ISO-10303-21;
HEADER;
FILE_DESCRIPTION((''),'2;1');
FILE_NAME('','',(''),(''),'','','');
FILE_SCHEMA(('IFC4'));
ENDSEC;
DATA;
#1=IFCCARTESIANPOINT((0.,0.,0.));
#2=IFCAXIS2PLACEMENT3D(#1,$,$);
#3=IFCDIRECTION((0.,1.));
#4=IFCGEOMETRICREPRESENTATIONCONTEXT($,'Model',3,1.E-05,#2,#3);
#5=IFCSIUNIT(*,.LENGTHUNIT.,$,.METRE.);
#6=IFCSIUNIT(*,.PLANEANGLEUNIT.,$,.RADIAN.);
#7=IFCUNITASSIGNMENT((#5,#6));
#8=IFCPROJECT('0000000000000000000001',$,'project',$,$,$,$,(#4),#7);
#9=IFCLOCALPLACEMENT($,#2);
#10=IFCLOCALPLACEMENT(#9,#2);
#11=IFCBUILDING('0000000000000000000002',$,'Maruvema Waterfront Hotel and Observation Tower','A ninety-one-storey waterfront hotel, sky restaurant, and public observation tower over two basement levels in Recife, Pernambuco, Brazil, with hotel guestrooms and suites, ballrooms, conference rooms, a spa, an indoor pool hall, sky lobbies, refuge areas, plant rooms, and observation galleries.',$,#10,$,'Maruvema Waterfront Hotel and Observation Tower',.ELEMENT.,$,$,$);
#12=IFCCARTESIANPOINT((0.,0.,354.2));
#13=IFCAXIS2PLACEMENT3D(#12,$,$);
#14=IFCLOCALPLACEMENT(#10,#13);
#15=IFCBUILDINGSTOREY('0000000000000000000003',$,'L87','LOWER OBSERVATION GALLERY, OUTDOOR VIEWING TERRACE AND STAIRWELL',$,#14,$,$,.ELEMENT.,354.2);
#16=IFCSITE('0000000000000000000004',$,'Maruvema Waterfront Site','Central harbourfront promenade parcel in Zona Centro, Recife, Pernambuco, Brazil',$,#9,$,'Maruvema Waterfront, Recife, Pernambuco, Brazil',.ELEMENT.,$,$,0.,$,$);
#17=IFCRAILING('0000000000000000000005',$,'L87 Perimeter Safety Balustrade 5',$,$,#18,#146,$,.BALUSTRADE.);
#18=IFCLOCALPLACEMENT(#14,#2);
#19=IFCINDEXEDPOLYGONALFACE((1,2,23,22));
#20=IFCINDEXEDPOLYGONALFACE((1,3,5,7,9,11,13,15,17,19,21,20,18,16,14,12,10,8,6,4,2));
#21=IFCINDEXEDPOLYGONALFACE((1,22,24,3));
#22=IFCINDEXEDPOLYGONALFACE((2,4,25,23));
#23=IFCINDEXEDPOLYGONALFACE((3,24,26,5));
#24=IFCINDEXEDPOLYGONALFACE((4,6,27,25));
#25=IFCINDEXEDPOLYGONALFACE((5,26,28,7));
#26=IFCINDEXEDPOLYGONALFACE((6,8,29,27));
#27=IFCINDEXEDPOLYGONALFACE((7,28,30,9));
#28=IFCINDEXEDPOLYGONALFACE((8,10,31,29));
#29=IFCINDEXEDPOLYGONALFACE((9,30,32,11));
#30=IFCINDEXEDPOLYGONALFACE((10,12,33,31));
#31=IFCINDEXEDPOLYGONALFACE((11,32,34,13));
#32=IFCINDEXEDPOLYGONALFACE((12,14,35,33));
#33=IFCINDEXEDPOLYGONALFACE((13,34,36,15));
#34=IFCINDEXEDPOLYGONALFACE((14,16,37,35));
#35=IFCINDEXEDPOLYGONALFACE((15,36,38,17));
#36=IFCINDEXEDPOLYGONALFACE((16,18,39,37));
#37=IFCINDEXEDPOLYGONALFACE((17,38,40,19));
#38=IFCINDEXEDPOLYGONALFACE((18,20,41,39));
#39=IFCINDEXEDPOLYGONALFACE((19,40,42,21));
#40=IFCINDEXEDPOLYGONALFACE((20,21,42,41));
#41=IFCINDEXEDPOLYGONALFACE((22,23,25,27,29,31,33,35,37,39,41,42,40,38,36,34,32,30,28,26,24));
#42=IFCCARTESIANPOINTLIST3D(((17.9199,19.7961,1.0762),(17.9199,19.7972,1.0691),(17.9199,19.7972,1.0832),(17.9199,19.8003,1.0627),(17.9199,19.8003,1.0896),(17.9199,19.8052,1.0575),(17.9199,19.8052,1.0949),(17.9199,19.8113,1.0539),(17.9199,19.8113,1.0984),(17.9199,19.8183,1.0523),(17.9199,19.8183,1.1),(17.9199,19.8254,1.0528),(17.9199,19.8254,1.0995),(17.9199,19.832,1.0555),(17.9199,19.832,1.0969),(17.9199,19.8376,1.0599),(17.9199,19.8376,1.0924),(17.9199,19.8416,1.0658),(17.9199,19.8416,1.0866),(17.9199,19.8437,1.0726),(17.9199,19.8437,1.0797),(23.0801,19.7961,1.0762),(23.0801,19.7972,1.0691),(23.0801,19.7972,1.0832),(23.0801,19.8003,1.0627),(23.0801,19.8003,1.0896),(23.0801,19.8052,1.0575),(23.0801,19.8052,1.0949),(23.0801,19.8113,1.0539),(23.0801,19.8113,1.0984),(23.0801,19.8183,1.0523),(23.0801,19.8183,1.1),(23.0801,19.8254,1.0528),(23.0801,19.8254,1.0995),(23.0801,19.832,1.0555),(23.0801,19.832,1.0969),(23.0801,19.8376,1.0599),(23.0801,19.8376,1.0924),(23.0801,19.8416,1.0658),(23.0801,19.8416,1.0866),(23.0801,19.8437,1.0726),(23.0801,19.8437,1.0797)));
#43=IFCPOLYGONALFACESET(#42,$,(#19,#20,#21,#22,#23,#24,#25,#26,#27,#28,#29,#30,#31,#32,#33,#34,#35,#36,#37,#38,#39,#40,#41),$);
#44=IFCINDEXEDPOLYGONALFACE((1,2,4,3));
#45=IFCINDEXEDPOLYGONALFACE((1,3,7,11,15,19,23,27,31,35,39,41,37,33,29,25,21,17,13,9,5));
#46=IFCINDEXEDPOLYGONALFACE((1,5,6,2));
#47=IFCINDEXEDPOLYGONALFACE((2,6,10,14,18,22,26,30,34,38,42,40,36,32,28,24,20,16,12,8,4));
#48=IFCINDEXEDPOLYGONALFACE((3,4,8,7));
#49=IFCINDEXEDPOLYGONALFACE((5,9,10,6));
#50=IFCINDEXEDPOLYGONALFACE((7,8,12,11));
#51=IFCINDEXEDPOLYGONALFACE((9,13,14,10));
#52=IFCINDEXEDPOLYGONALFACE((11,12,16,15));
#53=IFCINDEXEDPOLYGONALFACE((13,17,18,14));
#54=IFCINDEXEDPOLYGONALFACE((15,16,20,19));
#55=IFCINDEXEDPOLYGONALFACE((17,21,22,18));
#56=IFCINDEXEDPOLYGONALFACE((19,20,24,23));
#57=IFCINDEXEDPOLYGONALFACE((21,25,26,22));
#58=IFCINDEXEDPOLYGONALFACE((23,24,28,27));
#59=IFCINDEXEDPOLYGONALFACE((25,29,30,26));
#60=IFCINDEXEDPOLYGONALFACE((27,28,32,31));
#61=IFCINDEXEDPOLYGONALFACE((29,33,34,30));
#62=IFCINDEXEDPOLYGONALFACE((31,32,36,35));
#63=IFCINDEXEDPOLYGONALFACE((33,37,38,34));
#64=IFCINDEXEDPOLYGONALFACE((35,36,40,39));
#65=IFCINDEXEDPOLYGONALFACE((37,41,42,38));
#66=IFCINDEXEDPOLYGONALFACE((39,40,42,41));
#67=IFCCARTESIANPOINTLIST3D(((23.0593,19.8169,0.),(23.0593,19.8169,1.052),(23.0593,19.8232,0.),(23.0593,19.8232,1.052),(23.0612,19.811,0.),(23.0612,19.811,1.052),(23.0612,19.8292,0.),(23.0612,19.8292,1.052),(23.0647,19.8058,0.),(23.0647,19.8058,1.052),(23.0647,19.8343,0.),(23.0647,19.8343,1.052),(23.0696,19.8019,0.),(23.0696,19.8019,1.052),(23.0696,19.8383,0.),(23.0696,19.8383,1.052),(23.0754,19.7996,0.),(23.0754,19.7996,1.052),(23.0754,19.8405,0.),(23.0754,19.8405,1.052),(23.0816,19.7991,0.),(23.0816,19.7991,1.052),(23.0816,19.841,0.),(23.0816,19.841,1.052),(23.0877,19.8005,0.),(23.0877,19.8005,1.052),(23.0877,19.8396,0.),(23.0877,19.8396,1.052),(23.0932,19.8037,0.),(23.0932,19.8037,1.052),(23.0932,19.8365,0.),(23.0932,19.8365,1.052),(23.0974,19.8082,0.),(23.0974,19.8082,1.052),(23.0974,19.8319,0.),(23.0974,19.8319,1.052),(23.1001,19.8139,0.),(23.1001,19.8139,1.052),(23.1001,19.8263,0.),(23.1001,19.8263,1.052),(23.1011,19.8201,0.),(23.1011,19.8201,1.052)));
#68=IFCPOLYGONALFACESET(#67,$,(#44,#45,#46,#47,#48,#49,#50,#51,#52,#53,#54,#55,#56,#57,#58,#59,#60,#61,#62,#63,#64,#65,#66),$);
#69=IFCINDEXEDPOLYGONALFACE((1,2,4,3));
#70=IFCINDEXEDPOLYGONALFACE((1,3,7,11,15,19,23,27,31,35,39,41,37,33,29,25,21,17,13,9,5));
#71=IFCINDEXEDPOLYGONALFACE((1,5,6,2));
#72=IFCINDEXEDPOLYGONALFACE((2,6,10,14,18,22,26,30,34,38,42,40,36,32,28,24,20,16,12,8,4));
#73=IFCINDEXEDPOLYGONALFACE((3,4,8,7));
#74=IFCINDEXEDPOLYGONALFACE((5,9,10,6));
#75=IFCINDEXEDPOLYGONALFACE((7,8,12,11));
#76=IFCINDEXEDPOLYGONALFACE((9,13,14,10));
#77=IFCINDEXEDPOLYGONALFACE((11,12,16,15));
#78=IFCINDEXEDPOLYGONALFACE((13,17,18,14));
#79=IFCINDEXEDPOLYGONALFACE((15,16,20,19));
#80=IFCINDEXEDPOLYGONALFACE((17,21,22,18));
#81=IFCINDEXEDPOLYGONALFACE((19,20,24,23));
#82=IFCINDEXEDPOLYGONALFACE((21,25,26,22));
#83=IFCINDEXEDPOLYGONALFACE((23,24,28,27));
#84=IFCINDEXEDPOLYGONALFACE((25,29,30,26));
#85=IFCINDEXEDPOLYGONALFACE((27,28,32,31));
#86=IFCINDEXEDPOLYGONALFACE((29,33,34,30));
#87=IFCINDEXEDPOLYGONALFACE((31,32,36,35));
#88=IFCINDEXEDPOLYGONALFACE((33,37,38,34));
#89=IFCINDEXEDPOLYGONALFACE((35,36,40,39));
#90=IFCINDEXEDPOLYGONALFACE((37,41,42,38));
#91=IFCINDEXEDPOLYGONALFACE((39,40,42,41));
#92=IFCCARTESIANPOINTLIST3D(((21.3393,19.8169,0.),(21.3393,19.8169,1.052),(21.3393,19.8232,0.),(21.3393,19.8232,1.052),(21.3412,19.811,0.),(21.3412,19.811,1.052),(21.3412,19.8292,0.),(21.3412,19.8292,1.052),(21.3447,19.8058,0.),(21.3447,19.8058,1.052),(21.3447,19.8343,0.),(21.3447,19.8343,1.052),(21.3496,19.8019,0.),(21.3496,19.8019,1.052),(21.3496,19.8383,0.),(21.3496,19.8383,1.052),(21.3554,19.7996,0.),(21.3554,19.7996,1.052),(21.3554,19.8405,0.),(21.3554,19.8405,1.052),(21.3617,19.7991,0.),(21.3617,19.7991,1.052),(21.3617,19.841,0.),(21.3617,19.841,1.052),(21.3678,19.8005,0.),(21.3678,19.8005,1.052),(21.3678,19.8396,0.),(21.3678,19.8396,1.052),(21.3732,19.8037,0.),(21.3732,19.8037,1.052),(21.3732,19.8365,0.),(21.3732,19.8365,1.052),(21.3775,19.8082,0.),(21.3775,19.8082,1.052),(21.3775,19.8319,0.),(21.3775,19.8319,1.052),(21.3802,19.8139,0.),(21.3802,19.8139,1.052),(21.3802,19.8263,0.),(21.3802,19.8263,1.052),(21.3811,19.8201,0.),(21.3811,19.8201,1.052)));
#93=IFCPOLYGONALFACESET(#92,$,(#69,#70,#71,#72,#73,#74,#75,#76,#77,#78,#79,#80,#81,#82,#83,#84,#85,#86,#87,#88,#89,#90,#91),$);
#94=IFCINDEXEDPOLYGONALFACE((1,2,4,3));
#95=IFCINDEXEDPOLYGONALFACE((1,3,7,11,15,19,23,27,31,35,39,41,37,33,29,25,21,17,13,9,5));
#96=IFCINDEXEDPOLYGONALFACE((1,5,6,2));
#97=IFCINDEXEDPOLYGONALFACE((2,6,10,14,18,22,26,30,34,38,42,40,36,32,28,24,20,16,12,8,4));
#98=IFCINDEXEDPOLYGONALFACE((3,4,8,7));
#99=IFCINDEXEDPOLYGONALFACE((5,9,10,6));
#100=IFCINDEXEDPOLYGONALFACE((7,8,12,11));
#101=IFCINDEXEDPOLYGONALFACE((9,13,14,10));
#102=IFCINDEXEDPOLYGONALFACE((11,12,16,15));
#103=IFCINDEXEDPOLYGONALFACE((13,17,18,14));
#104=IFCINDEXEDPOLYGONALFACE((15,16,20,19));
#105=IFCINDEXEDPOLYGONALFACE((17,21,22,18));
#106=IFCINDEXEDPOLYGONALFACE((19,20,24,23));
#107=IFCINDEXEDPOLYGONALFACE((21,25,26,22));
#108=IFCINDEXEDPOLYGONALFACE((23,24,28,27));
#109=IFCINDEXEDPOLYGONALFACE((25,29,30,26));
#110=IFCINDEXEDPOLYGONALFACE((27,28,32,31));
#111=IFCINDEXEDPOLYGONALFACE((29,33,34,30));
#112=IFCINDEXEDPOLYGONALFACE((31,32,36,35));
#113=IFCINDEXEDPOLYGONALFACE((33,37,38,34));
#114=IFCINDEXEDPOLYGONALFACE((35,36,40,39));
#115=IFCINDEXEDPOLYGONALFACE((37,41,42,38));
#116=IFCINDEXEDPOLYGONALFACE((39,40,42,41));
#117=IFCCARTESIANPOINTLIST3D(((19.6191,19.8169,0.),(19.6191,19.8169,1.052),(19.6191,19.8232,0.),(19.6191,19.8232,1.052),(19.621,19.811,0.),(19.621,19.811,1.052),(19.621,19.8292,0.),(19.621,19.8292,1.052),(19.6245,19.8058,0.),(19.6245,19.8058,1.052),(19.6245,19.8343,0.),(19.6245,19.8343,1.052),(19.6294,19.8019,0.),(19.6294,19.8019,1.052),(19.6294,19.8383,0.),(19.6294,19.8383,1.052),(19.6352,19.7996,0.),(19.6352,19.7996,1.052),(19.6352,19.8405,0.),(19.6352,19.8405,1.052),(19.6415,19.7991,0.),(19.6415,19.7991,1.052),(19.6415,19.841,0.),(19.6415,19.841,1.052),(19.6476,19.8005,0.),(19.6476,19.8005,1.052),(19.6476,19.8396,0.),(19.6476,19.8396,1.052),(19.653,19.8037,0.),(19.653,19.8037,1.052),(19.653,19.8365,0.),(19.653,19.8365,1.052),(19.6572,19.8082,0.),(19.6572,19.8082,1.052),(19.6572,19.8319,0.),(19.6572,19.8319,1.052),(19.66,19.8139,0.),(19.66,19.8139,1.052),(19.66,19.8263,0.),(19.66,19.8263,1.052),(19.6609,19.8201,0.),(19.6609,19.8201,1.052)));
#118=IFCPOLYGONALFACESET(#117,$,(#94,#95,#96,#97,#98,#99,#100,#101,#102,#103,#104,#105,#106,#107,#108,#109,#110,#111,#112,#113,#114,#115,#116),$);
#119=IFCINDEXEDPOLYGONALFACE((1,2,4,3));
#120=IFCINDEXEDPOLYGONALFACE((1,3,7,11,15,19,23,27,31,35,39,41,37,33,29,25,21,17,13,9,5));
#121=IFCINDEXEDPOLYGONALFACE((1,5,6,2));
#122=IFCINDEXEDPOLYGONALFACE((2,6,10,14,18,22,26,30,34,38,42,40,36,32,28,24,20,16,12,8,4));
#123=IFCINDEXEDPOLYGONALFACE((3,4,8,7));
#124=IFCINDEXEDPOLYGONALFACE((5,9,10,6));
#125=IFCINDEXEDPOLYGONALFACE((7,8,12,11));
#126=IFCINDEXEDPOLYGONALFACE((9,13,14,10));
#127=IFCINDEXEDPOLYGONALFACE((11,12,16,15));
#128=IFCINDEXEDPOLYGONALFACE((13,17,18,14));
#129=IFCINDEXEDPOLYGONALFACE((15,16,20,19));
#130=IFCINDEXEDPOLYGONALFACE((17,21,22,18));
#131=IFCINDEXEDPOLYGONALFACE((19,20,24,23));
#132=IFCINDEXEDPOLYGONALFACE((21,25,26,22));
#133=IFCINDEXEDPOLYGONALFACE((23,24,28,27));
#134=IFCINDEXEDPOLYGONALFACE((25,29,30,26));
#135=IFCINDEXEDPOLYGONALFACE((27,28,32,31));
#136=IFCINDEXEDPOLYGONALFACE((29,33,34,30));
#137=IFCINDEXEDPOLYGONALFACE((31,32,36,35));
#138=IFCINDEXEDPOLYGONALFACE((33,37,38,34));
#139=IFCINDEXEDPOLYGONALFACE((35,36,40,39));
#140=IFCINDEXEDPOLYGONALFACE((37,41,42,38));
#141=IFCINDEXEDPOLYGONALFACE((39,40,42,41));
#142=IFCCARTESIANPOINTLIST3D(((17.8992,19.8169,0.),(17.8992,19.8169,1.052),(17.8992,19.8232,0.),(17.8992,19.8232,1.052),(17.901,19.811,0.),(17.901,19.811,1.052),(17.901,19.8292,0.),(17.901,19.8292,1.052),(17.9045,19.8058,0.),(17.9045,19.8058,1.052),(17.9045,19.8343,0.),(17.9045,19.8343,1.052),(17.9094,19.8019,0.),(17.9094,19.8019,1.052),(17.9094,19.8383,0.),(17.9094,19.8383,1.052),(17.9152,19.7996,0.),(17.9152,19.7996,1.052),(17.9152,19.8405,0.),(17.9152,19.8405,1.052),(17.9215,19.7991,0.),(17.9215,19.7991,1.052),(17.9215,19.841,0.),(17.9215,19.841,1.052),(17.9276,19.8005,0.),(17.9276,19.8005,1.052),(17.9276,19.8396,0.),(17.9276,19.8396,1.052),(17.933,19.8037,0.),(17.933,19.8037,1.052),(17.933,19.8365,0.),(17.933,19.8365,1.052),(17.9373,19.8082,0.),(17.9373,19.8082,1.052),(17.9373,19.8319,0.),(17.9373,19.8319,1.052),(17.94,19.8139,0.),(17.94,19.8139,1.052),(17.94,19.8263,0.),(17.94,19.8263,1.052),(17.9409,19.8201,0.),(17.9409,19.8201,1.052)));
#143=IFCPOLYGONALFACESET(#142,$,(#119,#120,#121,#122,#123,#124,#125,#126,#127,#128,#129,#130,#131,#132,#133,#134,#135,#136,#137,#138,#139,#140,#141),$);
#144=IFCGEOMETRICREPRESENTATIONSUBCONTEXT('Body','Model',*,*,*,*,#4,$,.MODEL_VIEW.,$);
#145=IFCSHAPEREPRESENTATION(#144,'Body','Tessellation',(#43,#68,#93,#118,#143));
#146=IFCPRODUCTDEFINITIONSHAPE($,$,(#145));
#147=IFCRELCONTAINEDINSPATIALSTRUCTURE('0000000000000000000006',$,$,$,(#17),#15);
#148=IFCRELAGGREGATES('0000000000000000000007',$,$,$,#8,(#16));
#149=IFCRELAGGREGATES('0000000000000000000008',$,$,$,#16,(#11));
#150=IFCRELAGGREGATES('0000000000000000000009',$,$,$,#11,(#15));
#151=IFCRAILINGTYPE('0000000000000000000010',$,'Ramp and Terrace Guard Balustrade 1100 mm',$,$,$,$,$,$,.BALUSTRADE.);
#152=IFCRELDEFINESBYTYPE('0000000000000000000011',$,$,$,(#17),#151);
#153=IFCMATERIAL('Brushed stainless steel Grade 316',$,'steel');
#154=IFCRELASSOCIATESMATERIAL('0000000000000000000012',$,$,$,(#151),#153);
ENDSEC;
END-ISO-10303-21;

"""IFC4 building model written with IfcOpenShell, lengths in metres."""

from ifc_helpers import new_model, si_unit, direction, frame, origin, origin_2d, place, context, subcontext, project, spatial, circle, extrude, material, type_object, element, save


model = new_model("IFC4")

# Units and contexts
model_context = context("Model", 3, precision=1e-05, world=origin(), true_north=direction((0.0, 1.0)))
body_context = subcontext(model_context, "Body", "Model", "MODEL_VIEW")
ifc_project = project(units=[si_unit("LENGTHUNIT", "METRE"), si_unit("PLANEANGLEUNIT", "RADIAN")], contexts=[model_context])

# Site, building, storey
site_placement = place(None, origin())
site = spatial("IfcSite", under=ifc_project, at=site_placement, Name="Maruvema Waterfront Site", Description="Central harbourfront promenade parcel in Zona Centro, Recife, Pernambuco, Brazil", LongName="Maruvema Waterfront, Recife, Pernambuco, Brazil", CompositionType="ELEMENT", RefElevation=0.0)
building_placement = place(site_placement, origin())
building = spatial("IfcBuilding", under=site, at=building_placement, Name="Maruvema Waterfront Hotel and Observation Tower", Description="A ninety-one-storey waterfront hotel, sky restaurant, and public observation tower over two basement levels in Recife, Pernambuco, Brazil, with hotel guestrooms and suites, ballrooms, conference rooms, a spa, an indoor pool hall, sky lobbies, refuge areas, plant rooms, and observation galleries.", LongName="Maruvema Waterfront Hotel and Observation Tower", CompositionType="ELEMENT")
storey_placement = place(building_placement, frame((0.0, 0.0, 354.2)))
storey = spatial("IfcBuildingStorey", under=building, at=storey_placement, Name="L87", Description="LOWER OBSERVATION GALLERY, OUTDOOR VIEWING TERRACE AND STAIRWELL", CompositionType="ELEMENT", Elevation=354.2)

# Railing
ifc_material_1 = material(Name="Brushed stainless steel Grade 316", Category="steel")
railing_type = type_object("IfcRailingType", Name="Ramp and Terrace Guard Balustrade 1100 mm", PredefinedType="BALUSTRADE", material=ifc_material_1)
railing_1_placement = place(storey_placement, frame((23.0801, 19.8201, 0.0)))
element("IfcRailing", 1, at=railing_1_placement, inside=storey, type_object=railing_type, Name="L87 Perimeter Safety Balustrade 5", PredefinedType="BALUSTRADE", context=body_context, shape_type="SweptSolid", body=[
    extrude(circle(Radius=0.0239, at=origin_2d()), frame((0.0, 0.0, 1.0762), z_axis=(-1.0, 0.0, 0.0), x_axis=(0.0, -1.0, 0.0)), (0.0, 0.0, 1.0), 5.1602),
    extrude(circle(Radius=0.021, at=origin_2d()), origin(), (0.0, 0.0, 1.0), 1.052),
    extrude(circle(Radius=0.021, at=origin_2d()), frame((-1.72, 0.0, 0.0)), (0.0, 0.0, 1.0), 1.052),
    extrude(circle(Radius=0.021, at=origin_2d()), frame((-3.4402, 0.0, 0.0)), (0.0, 0.0, 1.0), 1.052),
    extrude(circle(Radius=0.021, at=origin_2d()), frame((-5.1602, 0.0, 0.0)), (0.0, 0.0, 1.0), 1.052),
])

save(model, "model.ifc")
